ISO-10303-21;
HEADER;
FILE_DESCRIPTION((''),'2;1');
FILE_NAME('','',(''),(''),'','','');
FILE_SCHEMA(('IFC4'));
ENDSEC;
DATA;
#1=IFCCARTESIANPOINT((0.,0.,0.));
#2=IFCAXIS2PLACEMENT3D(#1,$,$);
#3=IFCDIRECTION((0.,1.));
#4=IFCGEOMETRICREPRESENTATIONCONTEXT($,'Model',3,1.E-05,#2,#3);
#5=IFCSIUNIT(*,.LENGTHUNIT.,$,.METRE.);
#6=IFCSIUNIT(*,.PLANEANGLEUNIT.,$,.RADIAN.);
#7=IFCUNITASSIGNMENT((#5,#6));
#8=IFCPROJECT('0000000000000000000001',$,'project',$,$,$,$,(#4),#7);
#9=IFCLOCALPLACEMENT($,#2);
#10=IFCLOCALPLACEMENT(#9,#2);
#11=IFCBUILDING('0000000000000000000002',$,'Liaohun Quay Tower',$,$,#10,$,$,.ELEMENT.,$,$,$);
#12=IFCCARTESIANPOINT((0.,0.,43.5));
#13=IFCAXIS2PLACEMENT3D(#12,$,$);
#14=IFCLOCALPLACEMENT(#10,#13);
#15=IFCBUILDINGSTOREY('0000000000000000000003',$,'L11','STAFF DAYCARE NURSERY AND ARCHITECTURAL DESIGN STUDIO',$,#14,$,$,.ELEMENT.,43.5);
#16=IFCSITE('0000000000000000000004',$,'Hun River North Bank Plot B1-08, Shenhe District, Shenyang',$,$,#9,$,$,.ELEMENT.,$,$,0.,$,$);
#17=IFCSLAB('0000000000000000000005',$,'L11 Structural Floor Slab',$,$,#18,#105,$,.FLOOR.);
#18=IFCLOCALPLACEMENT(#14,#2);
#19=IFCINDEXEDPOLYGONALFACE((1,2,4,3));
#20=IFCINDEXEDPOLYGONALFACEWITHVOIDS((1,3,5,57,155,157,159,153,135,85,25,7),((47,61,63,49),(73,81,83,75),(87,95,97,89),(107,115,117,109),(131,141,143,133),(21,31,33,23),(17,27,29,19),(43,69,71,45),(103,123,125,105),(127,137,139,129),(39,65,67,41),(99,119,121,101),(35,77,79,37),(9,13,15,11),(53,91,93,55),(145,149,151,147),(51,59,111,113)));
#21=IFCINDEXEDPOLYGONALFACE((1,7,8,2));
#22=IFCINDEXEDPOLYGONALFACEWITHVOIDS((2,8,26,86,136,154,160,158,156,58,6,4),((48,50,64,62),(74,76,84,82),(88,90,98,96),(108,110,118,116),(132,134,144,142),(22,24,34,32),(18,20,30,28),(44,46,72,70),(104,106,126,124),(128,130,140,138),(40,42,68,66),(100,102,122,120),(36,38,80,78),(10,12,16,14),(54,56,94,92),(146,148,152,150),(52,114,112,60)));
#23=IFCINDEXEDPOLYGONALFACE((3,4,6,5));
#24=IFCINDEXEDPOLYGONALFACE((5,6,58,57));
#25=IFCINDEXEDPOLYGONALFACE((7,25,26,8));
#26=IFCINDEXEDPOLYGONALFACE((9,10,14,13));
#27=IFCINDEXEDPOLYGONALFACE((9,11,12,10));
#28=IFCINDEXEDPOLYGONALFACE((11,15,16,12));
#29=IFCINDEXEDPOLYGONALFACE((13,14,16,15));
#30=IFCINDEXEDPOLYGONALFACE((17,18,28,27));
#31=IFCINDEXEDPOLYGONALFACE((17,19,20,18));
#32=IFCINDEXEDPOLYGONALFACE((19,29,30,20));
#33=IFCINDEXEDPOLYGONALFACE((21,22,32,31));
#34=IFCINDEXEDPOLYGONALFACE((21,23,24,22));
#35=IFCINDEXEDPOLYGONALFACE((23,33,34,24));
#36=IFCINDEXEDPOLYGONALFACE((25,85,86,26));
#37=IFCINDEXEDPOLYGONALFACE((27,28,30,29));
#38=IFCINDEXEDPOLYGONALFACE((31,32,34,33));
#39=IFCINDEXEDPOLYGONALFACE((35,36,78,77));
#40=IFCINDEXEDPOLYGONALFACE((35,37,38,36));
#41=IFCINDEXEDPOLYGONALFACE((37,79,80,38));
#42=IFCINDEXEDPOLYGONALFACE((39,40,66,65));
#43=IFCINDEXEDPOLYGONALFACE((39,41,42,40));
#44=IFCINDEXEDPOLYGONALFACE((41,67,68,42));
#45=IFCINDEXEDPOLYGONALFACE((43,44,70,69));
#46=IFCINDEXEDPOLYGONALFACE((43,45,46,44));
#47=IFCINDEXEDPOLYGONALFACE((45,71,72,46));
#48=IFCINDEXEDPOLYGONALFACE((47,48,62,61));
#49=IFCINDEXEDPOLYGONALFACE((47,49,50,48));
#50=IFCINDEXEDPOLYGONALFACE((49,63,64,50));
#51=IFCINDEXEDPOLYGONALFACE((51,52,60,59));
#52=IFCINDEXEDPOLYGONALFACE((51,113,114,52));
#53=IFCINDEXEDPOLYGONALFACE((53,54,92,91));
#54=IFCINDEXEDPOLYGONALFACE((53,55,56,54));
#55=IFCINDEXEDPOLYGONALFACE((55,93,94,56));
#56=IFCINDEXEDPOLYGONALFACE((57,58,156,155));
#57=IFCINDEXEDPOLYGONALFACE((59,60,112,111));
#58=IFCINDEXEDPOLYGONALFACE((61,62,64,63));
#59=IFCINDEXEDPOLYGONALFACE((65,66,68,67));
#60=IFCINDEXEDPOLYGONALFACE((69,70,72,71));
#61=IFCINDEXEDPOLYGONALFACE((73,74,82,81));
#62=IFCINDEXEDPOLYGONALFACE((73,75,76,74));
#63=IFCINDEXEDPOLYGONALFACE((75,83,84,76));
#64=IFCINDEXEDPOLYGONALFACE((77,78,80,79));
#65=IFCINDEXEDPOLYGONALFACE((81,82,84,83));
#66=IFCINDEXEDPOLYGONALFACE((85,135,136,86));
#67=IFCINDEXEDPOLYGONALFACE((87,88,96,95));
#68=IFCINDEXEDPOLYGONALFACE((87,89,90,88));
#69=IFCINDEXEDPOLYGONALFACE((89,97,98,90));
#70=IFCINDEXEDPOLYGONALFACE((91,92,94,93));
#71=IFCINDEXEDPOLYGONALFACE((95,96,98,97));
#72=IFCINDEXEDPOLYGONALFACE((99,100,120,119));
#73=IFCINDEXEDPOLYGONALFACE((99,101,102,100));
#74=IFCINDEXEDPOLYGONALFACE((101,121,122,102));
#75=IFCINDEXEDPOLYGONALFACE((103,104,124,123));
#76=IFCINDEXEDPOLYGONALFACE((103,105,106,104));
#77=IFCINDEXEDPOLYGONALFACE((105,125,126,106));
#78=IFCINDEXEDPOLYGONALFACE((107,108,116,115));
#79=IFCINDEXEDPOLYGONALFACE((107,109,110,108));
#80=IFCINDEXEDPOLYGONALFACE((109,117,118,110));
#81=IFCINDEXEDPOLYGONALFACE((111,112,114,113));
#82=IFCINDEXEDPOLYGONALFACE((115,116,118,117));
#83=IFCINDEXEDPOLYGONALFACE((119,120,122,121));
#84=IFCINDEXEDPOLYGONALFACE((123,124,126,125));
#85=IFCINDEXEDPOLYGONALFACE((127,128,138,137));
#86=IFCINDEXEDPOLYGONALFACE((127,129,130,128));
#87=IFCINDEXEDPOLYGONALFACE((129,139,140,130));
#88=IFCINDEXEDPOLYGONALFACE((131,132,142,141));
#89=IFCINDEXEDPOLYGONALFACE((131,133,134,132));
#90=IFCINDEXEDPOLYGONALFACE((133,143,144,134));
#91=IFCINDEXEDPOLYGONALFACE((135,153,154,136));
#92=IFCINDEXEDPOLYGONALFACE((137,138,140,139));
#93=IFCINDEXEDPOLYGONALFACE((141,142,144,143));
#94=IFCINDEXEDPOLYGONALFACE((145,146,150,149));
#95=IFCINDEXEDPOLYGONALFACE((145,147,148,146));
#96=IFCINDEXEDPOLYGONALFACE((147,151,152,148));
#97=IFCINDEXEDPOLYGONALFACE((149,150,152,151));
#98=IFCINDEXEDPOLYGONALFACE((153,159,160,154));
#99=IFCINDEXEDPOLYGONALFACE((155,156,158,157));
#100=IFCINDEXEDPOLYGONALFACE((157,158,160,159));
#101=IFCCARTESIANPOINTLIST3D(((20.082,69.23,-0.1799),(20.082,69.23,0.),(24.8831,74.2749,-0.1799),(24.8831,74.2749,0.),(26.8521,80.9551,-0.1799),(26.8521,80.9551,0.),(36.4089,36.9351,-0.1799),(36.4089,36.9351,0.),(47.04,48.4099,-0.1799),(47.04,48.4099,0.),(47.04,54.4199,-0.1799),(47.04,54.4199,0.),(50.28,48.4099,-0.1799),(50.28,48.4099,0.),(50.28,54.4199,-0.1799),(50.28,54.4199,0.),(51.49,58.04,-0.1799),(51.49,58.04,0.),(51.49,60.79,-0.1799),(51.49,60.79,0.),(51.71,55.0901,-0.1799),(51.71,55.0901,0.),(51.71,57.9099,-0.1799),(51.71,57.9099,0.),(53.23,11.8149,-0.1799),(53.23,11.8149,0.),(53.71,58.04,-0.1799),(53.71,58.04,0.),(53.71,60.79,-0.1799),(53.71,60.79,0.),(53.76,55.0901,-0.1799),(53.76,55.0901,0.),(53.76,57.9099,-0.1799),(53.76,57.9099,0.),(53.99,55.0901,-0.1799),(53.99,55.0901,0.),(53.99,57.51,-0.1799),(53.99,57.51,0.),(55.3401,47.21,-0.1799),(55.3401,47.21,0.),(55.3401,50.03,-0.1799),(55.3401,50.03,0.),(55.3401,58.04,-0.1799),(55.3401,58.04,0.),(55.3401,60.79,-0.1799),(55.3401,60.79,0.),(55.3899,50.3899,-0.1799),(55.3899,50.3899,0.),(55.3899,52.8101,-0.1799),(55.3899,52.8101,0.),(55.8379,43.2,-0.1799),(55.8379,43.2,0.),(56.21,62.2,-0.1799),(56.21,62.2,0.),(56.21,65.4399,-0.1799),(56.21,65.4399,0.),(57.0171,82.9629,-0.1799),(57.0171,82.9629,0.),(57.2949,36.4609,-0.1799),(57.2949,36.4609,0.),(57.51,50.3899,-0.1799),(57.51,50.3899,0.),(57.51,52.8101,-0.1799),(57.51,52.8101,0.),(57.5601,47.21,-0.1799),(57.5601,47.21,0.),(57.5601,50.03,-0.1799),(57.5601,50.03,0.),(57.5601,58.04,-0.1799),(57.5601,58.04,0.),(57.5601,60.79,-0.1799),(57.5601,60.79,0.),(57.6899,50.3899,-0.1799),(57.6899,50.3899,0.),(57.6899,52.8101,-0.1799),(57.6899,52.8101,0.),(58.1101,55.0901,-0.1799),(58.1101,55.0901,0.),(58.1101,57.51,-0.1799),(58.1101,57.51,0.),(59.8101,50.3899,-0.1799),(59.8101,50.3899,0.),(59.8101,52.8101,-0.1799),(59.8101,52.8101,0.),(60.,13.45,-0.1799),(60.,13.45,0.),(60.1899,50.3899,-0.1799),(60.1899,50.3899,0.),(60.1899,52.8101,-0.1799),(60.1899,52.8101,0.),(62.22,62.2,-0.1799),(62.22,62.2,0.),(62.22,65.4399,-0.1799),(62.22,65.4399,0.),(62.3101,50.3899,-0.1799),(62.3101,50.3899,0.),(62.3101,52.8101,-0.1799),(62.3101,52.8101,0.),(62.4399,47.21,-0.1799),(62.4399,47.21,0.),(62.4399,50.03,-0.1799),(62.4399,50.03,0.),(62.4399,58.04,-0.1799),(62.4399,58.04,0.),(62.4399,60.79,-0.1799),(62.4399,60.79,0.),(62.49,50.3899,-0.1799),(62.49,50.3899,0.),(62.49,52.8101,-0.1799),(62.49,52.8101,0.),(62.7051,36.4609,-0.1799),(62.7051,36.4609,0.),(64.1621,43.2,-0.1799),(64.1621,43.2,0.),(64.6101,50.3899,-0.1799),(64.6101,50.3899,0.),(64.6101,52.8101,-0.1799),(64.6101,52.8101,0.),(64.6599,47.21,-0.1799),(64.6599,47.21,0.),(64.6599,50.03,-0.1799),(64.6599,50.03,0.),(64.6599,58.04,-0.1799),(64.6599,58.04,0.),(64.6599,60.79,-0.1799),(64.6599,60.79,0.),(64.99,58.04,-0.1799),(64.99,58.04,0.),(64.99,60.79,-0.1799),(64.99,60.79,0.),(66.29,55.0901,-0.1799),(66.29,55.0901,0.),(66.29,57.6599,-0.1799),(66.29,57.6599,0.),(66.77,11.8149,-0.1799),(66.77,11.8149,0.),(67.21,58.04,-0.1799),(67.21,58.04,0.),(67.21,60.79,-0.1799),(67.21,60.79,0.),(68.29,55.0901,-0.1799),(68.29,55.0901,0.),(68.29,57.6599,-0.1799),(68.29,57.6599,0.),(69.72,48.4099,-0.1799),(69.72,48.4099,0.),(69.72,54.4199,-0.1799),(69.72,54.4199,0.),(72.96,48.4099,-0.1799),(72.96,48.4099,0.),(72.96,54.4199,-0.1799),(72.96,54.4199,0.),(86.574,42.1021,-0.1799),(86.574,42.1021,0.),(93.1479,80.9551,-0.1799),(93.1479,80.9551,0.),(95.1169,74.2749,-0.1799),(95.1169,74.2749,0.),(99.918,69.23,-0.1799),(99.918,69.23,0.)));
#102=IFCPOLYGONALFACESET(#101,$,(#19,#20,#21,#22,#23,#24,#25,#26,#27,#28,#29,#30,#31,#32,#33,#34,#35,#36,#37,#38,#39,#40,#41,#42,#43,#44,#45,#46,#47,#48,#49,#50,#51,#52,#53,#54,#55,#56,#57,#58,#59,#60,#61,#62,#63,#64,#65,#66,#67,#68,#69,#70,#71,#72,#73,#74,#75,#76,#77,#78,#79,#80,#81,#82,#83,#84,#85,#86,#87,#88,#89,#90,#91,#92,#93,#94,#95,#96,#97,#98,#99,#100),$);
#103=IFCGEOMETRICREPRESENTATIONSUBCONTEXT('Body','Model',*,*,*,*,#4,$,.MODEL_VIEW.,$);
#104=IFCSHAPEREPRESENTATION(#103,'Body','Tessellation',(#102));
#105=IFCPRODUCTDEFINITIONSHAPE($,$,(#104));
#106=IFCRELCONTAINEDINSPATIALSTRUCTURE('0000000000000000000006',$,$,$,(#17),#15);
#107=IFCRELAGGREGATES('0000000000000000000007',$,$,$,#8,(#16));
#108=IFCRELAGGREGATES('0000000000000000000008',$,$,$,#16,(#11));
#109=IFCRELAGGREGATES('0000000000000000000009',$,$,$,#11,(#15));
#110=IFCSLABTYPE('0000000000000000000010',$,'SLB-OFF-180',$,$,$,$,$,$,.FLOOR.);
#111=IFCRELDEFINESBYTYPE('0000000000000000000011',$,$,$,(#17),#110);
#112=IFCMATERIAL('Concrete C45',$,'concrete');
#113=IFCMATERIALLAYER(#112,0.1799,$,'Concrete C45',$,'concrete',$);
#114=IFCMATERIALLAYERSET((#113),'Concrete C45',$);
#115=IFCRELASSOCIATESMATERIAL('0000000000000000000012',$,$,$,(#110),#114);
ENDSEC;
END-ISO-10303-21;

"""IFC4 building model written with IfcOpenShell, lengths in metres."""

from ifc_helpers import new_model, si_unit, direction, frame, origin, place, context, subcontext, project, spatial, polyline, outline, extrude, material, layer, layer_set, type_object, element, save


model = new_model("IFC4")

# Units and contexts
model_context = context("Model", 3, precision=1e-05, world=origin(), true_north=direction((0.0, 1.0)))
body_context = subcontext(model_context, "Body", "Model", "MODEL_VIEW")
ifc_project = project(units=[si_unit("LENGTHUNIT", "METRE"), si_unit("PLANEANGLEUNIT", "RADIAN")], contexts=[model_context])

# Site, building, storey
site_placement = place(None, origin())
site = spatial("IfcSite", under=ifc_project, at=site_placement, Name="Hun River North Bank Plot B1-08, Shenhe District, Shenyang", CompositionType="ELEMENT", RefElevation=0.0)
building_placement = place(site_placement, origin())
building = spatial("IfcBuilding", under=site, at=building_placement, Name="Liaohun Quay Tower", CompositionType="ELEMENT")
storey_placement = place(building_placement, frame((0.0, 0.0, 43.5)))
storey = spatial("IfcBuildingStorey", under=building, at=storey_placement, Name="L11", Description="STAFF DAYCARE NURSERY AND ARCHITECTURAL DESIGN STUDIO", CompositionType="ELEMENT", Elevation=43.5)

# Shared definitions
ifc_material_1 = material(Name="Concrete C45", Category="concrete")

# Slab
ifc_layer_1 = layer(ifc_material_1, 0.1799, Name="Concrete C45", Category="concrete")
ifc_layer_set_1 = layer_set([ifc_layer_1], Name="Concrete C45")
slab_type_1 = type_object("IfcSlabType", Name="SLB-OFF-180", PredefinedType="FLOOR", material=ifc_layer_set_1)
slab_1_placement = place(storey_placement, frame((0.0, 0.0, -0.1799)))
element("IfcSlab", 1, at=slab_1_placement, inside=storey, type_object=slab_type_1, Name="L11 Structural Floor Slab", PredefinedType="FLOOR", context=body_context, shape_type="SweptSolid", body=[
    extrude(outline(polyline([(53.23, 11.8149), (60.0, 13.45), (66.77, 11.8149), (86.574, 42.1021), (99.918, 69.23), (95.1169, 74.2749), (93.1479, 80.9551), (57.0171, 82.9629), (26.8521, 80.9551), (24.8831, 74.2749), (20.082, 69.23), (36.4089, 36.9351), (53.23, 11.8149)]), holes=[polyline([(57.5601, 47.21), (57.5601, 50.03), (55.3401, 50.03), (55.3401, 47.21), (57.5601, 47.21)]), polyline([(50.28, 54.4199), (47.04, 54.4199), (47.04, 48.4099), (50.28, 48.4099), (50.28, 54.4199)]), polyline([(57.51, 50.3899), (57.51, 52.8101), (55.3899, 52.8101), (55.3899, 50.3899), (57.51, 50.3899)]), polyline([(59.8101, 50.3899), (59.8101, 52.8101), (57.6899, 52.8101), (57.6899, 50.3899), (59.8101, 50.3899)]), polyline([(58.1101, 57.51), (53.99, 57.51), (53.99, 55.0901), (58.1101, 55.0901), (58.1101, 57.51)]), polyline([(53.76, 55.0901), (53.76, 57.9099), (51.71, 57.9099), (51.71, 55.0901), (53.76, 55.0901)]), polyline([(51.49, 58.04), (53.71, 58.04), (53.71, 60.79), (51.49, 60.79), (51.49, 58.04)]), polyline([(55.3401, 58.04), (57.5601, 58.04), (57.5601, 60.79), (55.3401, 60.79), (55.3401, 58.04)]), polyline([(62.7051, 36.4609), (64.1621, 43.2), (55.8379, 43.2), (57.2949, 36.4609), (62.7051, 36.4609)]), polyline([(64.6599, 47.21), (64.6599, 50.03), (62.4399, 50.03), (62.4399, 47.21), (64.6599, 47.21)]), polyline([(72.96, 54.4199), (69.72, 54.4199), (69.72, 48.4099), (72.96, 48.4099), (72.96, 54.4199)]), polyline([(62.3101, 50.3899), (62.3101, 52.8101), (60.1899, 52.8101), (60.1899, 50.3899), (62.3101, 50.3899)]), polyline([(64.6101, 50.3899), (64.6101, 52.8101), (62.49, 52.8101), (62.49, 50.3899), (64.6101, 50.3899)]), polyline([(68.29, 55.0901), (68.29, 57.6599), (66.29, 57.6599), (66.29, 55.0901), (68.29, 55.0901)]), polyline([(64.6599, 58.04), (64.6599, 60.79), (62.4399, 60.79), (62.4399, 58.04), (64.6599, 58.04)]), polyline([(64.99, 58.04), (67.21, 58.04), (67.21, 60.79), (64.99, 60.79), (64.99, 58.04)]), polyline([(56.21, 62.2), (62.22, 62.2), (62.22, 65.4399), (56.21, 65.4399), (56.21, 62.2)])]), origin(), (0.0, 0.0, 1.0), 0.1799),
])

save(model, "model.ifc")
